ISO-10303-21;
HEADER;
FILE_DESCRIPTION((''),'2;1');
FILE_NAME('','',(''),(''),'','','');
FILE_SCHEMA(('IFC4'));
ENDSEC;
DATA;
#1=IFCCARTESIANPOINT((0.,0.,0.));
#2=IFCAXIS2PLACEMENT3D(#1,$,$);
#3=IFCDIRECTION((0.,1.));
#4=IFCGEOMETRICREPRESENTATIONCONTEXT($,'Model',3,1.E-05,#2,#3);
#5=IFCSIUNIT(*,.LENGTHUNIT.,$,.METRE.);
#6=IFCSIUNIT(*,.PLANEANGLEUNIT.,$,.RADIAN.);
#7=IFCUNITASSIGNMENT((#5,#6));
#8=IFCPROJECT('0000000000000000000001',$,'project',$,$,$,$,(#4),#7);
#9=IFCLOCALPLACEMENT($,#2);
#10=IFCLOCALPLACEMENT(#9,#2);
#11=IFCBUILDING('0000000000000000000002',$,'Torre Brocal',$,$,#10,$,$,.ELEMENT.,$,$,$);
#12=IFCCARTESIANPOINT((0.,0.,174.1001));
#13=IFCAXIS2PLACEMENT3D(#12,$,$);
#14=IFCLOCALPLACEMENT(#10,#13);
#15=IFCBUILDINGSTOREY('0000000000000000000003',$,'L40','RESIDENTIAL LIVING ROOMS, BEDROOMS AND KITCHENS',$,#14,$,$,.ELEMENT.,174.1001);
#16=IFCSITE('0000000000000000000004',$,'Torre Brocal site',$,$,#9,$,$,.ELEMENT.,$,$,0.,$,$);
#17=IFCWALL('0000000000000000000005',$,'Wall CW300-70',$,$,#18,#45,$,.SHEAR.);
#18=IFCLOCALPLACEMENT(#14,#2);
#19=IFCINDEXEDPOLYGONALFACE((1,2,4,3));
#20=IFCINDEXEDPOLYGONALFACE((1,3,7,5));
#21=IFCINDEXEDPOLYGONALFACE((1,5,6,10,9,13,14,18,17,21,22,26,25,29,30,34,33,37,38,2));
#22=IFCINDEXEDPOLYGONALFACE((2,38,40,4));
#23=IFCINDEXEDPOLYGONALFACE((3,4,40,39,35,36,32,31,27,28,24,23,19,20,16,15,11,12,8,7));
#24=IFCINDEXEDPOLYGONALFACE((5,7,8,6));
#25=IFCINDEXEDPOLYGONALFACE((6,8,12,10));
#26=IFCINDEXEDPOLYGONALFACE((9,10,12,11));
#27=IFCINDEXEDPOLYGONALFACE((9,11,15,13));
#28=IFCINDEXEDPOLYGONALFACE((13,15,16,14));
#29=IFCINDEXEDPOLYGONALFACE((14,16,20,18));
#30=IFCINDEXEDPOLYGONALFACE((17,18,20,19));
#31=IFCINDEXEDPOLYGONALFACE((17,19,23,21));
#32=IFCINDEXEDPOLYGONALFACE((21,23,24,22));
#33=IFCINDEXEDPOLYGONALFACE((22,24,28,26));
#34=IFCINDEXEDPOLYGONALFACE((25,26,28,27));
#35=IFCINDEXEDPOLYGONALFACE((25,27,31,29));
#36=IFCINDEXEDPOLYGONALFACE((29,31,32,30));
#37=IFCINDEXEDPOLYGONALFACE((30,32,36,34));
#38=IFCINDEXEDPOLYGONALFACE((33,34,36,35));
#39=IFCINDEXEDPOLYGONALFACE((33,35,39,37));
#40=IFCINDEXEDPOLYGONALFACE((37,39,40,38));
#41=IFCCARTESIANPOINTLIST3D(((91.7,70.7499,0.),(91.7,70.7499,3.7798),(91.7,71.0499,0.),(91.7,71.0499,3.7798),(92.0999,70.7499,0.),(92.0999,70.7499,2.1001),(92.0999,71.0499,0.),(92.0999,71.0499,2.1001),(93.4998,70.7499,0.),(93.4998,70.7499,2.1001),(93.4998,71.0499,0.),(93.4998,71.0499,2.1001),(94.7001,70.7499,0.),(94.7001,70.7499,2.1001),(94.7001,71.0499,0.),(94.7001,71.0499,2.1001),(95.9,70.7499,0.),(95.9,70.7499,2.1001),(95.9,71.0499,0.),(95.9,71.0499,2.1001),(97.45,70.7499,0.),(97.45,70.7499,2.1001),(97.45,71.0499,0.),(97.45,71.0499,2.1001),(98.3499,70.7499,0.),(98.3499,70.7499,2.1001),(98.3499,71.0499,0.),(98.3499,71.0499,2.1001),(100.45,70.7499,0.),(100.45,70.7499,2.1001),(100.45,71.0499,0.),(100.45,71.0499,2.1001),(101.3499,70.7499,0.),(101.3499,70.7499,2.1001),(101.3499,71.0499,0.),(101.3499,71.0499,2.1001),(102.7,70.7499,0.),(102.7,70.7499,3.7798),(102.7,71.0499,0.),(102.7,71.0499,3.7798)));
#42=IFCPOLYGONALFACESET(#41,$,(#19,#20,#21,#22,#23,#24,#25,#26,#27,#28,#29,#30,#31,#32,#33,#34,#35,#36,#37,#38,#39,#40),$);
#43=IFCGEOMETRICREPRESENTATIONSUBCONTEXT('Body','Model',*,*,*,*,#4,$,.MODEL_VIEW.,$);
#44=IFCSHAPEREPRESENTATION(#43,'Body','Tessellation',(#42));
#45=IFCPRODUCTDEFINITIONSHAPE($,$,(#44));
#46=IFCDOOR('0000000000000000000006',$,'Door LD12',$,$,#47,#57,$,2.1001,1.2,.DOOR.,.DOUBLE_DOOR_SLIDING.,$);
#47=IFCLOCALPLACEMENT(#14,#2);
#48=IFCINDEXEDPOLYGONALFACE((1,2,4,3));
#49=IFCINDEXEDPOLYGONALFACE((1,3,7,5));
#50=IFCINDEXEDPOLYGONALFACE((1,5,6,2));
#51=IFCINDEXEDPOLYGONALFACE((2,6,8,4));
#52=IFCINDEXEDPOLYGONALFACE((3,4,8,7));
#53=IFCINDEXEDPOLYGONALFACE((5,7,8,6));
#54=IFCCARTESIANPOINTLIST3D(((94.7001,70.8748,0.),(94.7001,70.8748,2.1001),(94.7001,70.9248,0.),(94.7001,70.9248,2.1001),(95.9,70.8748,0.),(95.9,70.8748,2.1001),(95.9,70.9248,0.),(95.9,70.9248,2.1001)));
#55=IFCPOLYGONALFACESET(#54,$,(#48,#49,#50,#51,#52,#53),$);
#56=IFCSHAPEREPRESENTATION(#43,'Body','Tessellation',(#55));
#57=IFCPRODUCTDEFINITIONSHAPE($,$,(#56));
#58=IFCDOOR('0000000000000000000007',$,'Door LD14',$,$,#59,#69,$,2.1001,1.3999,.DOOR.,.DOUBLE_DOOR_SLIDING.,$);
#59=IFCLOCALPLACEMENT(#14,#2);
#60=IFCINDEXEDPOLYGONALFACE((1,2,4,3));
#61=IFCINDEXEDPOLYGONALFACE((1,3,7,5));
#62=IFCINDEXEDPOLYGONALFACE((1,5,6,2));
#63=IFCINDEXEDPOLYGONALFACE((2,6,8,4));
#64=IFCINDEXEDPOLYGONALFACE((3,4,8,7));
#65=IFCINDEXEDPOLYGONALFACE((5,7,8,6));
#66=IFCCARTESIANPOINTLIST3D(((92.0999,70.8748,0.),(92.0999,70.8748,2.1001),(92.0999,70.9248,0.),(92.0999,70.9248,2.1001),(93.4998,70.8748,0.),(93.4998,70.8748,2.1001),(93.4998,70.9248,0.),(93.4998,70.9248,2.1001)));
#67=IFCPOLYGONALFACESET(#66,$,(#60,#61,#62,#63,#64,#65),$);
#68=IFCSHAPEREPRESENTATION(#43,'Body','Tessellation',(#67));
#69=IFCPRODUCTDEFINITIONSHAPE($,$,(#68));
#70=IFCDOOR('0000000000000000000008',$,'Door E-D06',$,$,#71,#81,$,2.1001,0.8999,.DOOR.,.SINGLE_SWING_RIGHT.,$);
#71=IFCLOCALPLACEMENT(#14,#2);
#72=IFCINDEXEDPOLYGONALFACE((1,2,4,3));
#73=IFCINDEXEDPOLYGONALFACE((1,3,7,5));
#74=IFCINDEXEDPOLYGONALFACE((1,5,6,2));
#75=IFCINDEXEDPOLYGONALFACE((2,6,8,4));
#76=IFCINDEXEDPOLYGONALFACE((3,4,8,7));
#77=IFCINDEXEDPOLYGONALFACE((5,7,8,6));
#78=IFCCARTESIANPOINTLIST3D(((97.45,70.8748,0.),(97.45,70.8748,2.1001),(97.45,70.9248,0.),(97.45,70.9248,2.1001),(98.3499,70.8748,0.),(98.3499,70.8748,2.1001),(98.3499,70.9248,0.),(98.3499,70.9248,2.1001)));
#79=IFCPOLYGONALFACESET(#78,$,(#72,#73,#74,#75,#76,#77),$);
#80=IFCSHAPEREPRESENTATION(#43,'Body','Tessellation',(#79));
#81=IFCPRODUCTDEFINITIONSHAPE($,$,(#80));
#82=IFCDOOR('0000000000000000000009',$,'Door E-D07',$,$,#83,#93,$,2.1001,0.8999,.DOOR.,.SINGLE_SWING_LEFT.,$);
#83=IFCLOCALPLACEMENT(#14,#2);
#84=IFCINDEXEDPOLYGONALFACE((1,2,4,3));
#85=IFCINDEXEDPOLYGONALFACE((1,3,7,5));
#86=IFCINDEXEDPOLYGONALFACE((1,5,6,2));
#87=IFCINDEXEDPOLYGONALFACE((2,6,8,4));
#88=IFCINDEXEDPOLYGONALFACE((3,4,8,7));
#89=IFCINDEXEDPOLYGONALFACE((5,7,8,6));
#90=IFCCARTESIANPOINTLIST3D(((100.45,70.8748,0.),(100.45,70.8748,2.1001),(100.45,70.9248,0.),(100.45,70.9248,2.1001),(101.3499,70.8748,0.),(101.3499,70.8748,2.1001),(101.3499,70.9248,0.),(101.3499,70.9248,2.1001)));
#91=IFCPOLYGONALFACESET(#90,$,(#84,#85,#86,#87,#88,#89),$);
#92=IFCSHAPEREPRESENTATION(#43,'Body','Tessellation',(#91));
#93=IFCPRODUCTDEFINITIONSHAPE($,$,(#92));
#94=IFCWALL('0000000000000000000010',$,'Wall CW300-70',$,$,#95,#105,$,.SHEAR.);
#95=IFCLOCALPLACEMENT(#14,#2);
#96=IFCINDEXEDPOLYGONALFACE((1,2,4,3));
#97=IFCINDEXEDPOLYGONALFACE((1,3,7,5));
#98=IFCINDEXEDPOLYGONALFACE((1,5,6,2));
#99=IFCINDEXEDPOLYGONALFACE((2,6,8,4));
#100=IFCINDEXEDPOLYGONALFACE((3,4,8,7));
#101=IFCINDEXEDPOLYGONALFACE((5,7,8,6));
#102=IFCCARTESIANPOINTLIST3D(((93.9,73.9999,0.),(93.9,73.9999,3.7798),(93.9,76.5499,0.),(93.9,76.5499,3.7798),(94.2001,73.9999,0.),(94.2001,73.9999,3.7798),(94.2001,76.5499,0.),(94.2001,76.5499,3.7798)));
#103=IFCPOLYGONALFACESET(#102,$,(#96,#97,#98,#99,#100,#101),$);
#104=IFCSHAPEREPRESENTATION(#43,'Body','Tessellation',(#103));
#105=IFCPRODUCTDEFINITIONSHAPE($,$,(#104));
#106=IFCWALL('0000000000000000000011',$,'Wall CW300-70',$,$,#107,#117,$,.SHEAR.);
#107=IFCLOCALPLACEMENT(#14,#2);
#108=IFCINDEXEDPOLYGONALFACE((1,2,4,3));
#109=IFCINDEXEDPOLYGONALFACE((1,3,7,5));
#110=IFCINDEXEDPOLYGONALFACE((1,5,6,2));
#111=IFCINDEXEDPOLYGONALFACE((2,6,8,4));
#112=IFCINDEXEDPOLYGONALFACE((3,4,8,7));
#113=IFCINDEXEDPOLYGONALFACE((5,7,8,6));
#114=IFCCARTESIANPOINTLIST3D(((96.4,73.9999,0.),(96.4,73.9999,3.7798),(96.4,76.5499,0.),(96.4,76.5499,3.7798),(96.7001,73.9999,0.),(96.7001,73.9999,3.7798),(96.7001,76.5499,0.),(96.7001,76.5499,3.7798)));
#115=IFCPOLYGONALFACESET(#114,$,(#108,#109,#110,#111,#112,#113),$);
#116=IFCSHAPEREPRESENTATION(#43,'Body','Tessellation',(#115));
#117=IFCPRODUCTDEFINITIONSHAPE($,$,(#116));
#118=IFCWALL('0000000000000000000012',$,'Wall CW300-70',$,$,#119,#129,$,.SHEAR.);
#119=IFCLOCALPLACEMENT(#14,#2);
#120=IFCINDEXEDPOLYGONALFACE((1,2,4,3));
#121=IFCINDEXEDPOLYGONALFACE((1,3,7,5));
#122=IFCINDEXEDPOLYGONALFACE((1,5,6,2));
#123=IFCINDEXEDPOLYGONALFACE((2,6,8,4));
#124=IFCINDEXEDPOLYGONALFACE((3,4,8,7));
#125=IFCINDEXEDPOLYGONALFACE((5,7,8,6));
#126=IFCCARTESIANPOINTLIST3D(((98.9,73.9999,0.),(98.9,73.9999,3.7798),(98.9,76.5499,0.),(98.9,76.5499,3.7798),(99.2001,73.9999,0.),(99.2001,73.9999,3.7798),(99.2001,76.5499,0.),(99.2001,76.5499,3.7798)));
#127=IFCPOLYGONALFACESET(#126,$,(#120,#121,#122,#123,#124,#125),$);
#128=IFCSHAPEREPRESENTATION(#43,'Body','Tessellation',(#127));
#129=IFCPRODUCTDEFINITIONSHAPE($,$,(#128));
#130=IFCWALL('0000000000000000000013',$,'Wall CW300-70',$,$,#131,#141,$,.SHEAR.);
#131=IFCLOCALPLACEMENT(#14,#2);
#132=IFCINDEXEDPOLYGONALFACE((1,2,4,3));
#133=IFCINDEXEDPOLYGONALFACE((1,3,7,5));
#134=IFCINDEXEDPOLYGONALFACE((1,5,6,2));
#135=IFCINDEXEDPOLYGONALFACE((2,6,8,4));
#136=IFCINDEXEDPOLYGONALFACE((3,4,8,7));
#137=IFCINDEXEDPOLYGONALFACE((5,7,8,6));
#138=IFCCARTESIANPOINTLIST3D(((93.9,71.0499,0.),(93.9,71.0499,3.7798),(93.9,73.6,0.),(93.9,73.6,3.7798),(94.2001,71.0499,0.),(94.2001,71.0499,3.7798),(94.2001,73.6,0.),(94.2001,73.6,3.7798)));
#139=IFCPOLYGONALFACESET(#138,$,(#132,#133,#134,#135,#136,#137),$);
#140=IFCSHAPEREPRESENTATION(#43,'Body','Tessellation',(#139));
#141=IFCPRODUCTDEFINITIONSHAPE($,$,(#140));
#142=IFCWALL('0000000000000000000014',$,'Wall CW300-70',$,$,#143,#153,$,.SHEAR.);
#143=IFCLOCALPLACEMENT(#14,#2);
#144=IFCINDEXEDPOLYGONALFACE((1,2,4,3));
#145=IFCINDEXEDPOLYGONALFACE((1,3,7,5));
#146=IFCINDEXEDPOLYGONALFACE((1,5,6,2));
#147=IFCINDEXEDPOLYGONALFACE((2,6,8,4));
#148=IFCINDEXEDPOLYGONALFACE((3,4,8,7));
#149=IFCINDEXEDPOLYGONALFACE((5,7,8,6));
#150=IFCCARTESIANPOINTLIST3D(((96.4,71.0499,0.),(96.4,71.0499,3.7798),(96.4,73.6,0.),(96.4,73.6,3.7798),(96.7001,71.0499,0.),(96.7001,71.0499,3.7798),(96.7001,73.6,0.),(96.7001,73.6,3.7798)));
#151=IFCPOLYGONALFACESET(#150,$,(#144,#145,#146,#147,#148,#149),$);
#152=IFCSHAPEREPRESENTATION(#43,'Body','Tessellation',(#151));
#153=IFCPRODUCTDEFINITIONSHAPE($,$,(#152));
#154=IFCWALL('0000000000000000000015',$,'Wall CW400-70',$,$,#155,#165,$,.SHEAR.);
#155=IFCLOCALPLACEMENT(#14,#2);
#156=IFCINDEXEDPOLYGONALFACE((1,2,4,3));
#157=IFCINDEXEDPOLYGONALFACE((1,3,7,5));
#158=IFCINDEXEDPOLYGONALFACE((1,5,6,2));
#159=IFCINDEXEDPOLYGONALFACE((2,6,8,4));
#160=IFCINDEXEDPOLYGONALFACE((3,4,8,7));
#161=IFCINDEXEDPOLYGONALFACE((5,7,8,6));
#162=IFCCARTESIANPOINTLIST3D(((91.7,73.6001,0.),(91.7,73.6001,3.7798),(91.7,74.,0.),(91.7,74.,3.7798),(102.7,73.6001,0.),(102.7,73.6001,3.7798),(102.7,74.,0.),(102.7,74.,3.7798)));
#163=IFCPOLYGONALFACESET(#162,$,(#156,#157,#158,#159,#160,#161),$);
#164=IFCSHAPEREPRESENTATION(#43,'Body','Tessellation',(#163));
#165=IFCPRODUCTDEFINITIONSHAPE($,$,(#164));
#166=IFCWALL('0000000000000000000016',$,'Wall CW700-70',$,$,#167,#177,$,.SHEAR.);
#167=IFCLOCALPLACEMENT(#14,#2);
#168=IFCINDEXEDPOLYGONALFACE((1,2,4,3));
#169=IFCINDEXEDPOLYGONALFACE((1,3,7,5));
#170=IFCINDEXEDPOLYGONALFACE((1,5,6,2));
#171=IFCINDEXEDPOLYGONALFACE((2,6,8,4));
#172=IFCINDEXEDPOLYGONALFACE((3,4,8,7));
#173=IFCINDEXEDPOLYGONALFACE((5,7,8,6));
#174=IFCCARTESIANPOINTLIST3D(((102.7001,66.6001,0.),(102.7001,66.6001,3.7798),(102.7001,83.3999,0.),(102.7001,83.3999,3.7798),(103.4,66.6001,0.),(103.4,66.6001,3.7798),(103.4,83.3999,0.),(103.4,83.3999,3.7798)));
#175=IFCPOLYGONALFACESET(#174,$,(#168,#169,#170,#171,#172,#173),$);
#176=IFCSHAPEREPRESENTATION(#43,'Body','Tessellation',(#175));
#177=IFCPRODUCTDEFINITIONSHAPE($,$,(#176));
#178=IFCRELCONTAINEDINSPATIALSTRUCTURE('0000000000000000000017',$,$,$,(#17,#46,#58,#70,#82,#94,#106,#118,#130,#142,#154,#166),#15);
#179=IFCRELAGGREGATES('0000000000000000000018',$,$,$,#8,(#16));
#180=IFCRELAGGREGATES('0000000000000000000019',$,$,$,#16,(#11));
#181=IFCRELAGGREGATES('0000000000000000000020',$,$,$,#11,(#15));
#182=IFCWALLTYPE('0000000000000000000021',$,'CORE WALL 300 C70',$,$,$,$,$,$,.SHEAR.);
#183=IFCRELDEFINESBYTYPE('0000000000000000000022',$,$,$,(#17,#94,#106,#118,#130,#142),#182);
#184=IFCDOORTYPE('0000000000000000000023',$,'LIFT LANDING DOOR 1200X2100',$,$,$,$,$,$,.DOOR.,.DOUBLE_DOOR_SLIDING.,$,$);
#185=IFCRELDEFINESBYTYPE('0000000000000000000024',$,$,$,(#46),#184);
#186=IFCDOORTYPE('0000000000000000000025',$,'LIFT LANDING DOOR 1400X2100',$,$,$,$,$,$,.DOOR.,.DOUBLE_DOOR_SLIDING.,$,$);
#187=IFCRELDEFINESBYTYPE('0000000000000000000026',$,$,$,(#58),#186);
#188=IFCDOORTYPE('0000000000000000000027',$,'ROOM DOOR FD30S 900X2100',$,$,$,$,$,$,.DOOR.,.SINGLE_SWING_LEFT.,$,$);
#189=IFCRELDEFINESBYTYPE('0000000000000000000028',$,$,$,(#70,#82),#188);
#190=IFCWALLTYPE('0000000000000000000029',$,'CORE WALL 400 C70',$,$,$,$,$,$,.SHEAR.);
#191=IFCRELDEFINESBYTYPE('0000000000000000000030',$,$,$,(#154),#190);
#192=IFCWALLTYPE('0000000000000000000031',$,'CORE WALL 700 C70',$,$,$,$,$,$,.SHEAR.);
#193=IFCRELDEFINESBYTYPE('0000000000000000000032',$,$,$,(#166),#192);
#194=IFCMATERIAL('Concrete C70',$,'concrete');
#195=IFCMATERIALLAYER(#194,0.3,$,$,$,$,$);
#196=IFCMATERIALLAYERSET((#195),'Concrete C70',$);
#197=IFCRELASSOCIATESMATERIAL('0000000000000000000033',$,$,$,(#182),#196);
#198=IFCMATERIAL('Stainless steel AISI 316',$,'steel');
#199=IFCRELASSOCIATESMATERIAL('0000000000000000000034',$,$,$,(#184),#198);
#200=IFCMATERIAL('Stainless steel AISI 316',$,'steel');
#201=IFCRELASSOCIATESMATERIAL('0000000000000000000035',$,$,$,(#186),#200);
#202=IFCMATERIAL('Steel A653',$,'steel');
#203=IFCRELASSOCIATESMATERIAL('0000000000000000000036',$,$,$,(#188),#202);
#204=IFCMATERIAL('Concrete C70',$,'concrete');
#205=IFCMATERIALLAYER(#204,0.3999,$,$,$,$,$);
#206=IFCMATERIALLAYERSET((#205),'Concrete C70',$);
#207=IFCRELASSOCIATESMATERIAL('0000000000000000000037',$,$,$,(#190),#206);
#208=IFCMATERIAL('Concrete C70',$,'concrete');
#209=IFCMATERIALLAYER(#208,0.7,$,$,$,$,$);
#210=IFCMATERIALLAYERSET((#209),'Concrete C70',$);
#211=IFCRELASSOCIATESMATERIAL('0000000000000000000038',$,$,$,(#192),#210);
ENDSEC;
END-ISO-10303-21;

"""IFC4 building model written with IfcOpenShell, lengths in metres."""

from ifc_helpers import new_model, si_unit, direction, frame, frame_2d, origin, place, context, subcontext, project, spatial, rectangle, extrude, material, layer, layer_set, type_object, element, fill, save


model = new_model("IFC4")

# Units and contexts
model_context = context("Model", 3, precision=1e-05, world=origin(), true_north=direction((0.0, 1.0)))
body_context = subcontext(model_context, "Body", "Model", "MODEL_VIEW")
ifc_project = project(units=[si_unit("LENGTHUNIT", "METRE"), si_unit("PLANEANGLEUNIT", "RADIAN")], contexts=[model_context])

# Site, building, storey
site_placement = place(None, origin())
site = spatial("IfcSite", under=ifc_project, at=site_placement, Name="Torre Brocal site", CompositionType="ELEMENT", RefElevation=0.0)
building_placement = place(site_placement, origin())
building = spatial("IfcBuilding", under=site, at=building_placement, Name="Torre Brocal", CompositionType="ELEMENT")
storey_placement = place(building_placement, frame((0.0, 0.0, 174.1001)))
storey = spatial("IfcBuildingStorey", under=building, at=storey_placement, Name="L40", Description="RESIDENTIAL LIVING ROOMS, BEDROOMS AND KITCHENS", CompositionType="ELEMENT", Elevation=174.1001)

# Shared definitions
ifc_material_1 = material(Name="Concrete C70", Category="concrete")
ifc_layer_1 = layer(ifc_material_1, 0.3)
ifc_layer_set_1 = layer_set([ifc_layer_1], Name="Concrete C70")
wall_type_1 = type_object("IfcWallType", Name="CORE WALL 300 C70", PredefinedType="SHEAR", material=ifc_layer_set_1)

# Wall, openings, doors
wall_1_placement = place(storey_placement, frame((91.7, 70.8999, 0.0), z_axis=(0.0, 0.0, 1.0), x_axis=(1.0, 0.0, 0.0)))
wall_1 = element("IfcWall", 1, at=wall_1_placement, inside=storey, type_object=wall_type_1, Name="Wall CW300-70", PredefinedType="SHEAR", context=body_context, shape_type="SweptSolid", body=[
    extrude(rectangle(XDim=11.0, YDim=0.3, at=frame_2d((5.5, 0.0))), origin(), (0.0, 0.0, 1.0), 3.7798),
])
opening_1_placement = place(wall_1_placement, frame((0.3999, 0.0, 0.0)))
opening_1 = element("IfcOpeningElement", 2, at=opening_1_placement, cuts=wall_1, PredefinedType="OPENING", context=body_context, shape_type="SweptSolid", body=[
    extrude(rectangle(XDim=1.3999, YDim=2.1001, at=frame_2d((0.7, 1.05))), frame((0.0, 0.1599, 0.0), z_axis=(0.0, -1.0, 0.0), x_axis=(1.0, 0.0, 0.0)), (0.0, 0.0, 1.0), 0.3201),
])
opening_2_placement = place(wall_1_placement, frame((3.0, 0.0, 0.0)))
opening_2 = element("IfcOpeningElement", 3, at=opening_2_placement, cuts=wall_1, PredefinedType="OPENING", context=body_context, shape_type="SweptSolid", body=[
    extrude(rectangle(XDim=1.2, YDim=2.1001, at=frame_2d((0.6001, 1.05))), frame((0.0, 0.1599, 0.0), z_axis=(0.0, -1.0, 0.0), x_axis=(1.0, 0.0, 0.0)), (0.0, 0.0, 1.0), 0.3201),
])
opening_3_placement = place(wall_1_placement, frame((5.75, 0.0, 0.0)))
opening_3 = element("IfcOpeningElement", 4, at=opening_3_placement, cuts=wall_1, PredefinedType="OPENING", context=body_context, shape_type="SweptSolid", body=[
    extrude(rectangle(XDim=0.8999, YDim=2.1001, at=frame_2d((0.45, 1.05))), frame((0.0, 0.1599, 0.0), z_axis=(0.0, -1.0, 0.0), x_axis=(1.0, 0.0, 0.0)), (0.0, 0.0, 1.0), 0.3201),
])
opening_4_placement = place(wall_1_placement, frame((8.75, 0.0, 0.0)))
opening_4 = element("IfcOpeningElement", 5, at=opening_4_placement, cuts=wall_1, PredefinedType="OPENING", context=body_context, shape_type="SweptSolid", body=[
    extrude(rectangle(XDim=0.8999, YDim=2.1001, at=frame_2d((0.45, 1.05))), frame((0.0, 0.1599, 0.0), z_axis=(0.0, -1.0, 0.0), x_axis=(1.0, 0.0, 0.0)), (0.0, 0.0, 1.0), 0.3201),
])
ifc_material_2 = material(Name="Stainless steel AISI 316", Category="steel")
door_type_1 = type_object("IfcDoorType", Name="LIFT LANDING DOOR 1200X2100", OperationType="DOUBLE_DOOR_SLIDING", PredefinedType="DOOR", material=ifc_material_2)
door_1_placement = place(opening_2_placement, origin())
door_1 = element("IfcDoor", 6, at=door_1_placement, inside=storey, type_object=door_type_1, Name="Door LD12", OperationType="DOUBLE_DOOR_SLIDING", OverallHeight=2.1001, OverallWidth=1.2, PredefinedType="DOOR", context=body_context, shape_type="SweptSolid", body=[
    extrude(rectangle(XDim=1.2, YDim=2.1001, at=frame_2d((0.6001, 1.05))), frame((0.0, 0.0249, 0.0), z_axis=(0.0, -1.0, 0.0), x_axis=(1.0, 0.0, 0.0)), (0.0, 0.0, 1.0), 0.05),
])
fill(opening_2, door_1)
ifc_material_3 = material(Name="Stainless steel AISI 316", Category="steel")
door_type_2 = type_object("IfcDoorType", Name="LIFT LANDING DOOR 1400X2100", OperationType="DOUBLE_DOOR_SLIDING", PredefinedType="DOOR", material=ifc_material_3)
door_2_placement = place(opening_1_placement, origin())
door_2 = element("IfcDoor", 7, at=door_2_placement, inside=storey, type_object=door_type_2, Name="Door LD14", OperationType="DOUBLE_DOOR_SLIDING", OverallHeight=2.1001, OverallWidth=1.3999, PredefinedType="DOOR", context=body_context, shape_type="SweptSolid", body=[
    extrude(rectangle(XDim=1.3999, YDim=2.1001, at=frame_2d((0.7, 1.05))), frame((0.0, 0.0249, 0.0), z_axis=(0.0, -1.0, 0.0), x_axis=(1.0, 0.0, 0.0)), (0.0, 0.0, 1.0), 0.05),
])
fill(opening_1, door_2)
ifc_material_4 = material(Name="Steel A653", Category="steel")
door_type_3 = type_object("IfcDoorType", Name="ROOM DOOR FD30S 900X2100", OperationType="SINGLE_SWING_LEFT", PredefinedType="DOOR", material=ifc_material_4)
door_3_placement = place(opening_3_placement, origin())
door_3 = element("IfcDoor", 8, at=door_3_placement, inside=storey, type_object=door_type_3, Name="Door E-D06", OperationType="SINGLE_SWING_RIGHT", OverallHeight=2.1001, OverallWidth=0.8999, PredefinedType="DOOR", context=body_context, shape_type="SweptSolid", body=[
    extrude(rectangle(XDim=0.8999, YDim=2.1001, at=frame_2d((0.45, 1.05))), frame((0.0, 0.0249, 0.0), z_axis=(0.0, -1.0, 0.0), x_axis=(1.0, 0.0, 0.0)), (0.0, 0.0, 1.0), 0.05),
])
fill(opening_3, door_3)
door_4_placement = place(opening_4_placement, origin())
door_4 = element("IfcDoor", 9, at=door_4_placement, inside=storey, type_object=door_type_3, Name="Door E-D07", OperationType="SINGLE_SWING_LEFT", OverallHeight=2.1001, OverallWidth=0.8999, PredefinedType="DOOR", context=body_context, shape_type="SweptSolid", body=[
    extrude(rectangle(XDim=0.8999, YDim=2.1001, at=frame_2d((0.45, 1.05))), frame((0.0, 0.0249, 0.0), z_axis=(0.0, -1.0, 0.0), x_axis=(1.0, 0.0, 0.0)), (0.0, 0.0, 1.0), 0.05),
])
fill(opening_4, door_4)

# Walls
for number, where, z_axis, x_axis, name in (
    (10, (94.05, 74.0, 0.0), (0.0, 0.0, 1.0), (0.0, 1.0, 0.0), "Wall CW300-70"),
    (11, (96.55, 74.0, 0.0), (0.0, 0.0, 1.0), (0.0, 1.0, 0.0), "Wall CW300-70"),
    (12, (99.05, 74.0, 0.0), (0.0, 0.0, 1.0), (0.0, 1.0, 0.0), "Wall CW300-70"),
    (13, (94.05, 71.05, 0.0), (0.0, 0.0, 1.0), (0.0, 1.0, 0.0), "Wall CW300-70"),
    (14, (96.55, 71.05, 0.0), (0.0, 0.0, 1.0), (0.0, 1.0, 0.0), "Wall CW300-70"),
):
    element("IfcWall", number, at=place(storey_placement, frame(where, z_axis=z_axis, x_axis=x_axis)), inside=storey, type_object=wall_type_1, Name=name, PredefinedType="SHEAR", context=body_context, shape_type="SweptSolid", body=[
        extrude(rectangle(XDim=2.55, YDim=0.3, at=frame_2d((1.2749, 0.0))), origin(), (0.0, 0.0, 1.0), 3.7798),
    ])
ifc_material_5 = material(Name="Concrete C70", Category="concrete")
ifc_layer_2 = layer(ifc_material_5, 0.3999)
ifc_layer_set_2 = layer_set([ifc_layer_2], Name="Concrete C70")
wall_type_2 = type_object("IfcWallType", Name="CORE WALL 400 C70", PredefinedType="SHEAR", material=ifc_layer_set_2)
wall_2_placement = place(storey_placement, frame((91.7, 73.8, 0.0), z_axis=(0.0, 0.0, 1.0), x_axis=(1.0, 0.0, 0.0)))
element("IfcWall", 15, at=wall_2_placement, inside=storey, type_object=wall_type_2, Name="Wall CW400-70", PredefinedType="SHEAR", context=body_context, shape_type="SweptSolid", body=[
    extrude(rectangle(XDim=11.0, YDim=0.3999, at=frame_2d((5.5, 0.0))), origin(), (0.0, 0.0, 1.0), 3.7798),
])
ifc_material_6 = material(Name="Concrete C70", Category="concrete")
ifc_layer_3 = layer(ifc_material_6, 0.7)
ifc_layer_set_3 = layer_set([ifc_layer_3], Name="Concrete C70")
wall_type_3 = type_object("IfcWallType", Name="CORE WALL 700 C70", PredefinedType="SHEAR", material=ifc_layer_set_3)
wall_3_placement = place(storey_placement, frame((103.05, 66.6001, 0.0), z_axis=(0.0, 0.0, 1.0), x_axis=(0.0, 1.0, 0.0)))
element("IfcWall", 16, at=wall_3_placement, inside=storey, type_object=wall_type_3, Name="Wall CW700-70", PredefinedType="SHEAR", context=body_context, shape_type="SweptSolid", body=[
    extrude(rectangle(XDim=16.7998, YDim=0.7, at=frame_2d((8.3999, 0.0))), origin(), (0.0, 0.0, 1.0), 3.7798),
])

save(model, "model.ifc")
